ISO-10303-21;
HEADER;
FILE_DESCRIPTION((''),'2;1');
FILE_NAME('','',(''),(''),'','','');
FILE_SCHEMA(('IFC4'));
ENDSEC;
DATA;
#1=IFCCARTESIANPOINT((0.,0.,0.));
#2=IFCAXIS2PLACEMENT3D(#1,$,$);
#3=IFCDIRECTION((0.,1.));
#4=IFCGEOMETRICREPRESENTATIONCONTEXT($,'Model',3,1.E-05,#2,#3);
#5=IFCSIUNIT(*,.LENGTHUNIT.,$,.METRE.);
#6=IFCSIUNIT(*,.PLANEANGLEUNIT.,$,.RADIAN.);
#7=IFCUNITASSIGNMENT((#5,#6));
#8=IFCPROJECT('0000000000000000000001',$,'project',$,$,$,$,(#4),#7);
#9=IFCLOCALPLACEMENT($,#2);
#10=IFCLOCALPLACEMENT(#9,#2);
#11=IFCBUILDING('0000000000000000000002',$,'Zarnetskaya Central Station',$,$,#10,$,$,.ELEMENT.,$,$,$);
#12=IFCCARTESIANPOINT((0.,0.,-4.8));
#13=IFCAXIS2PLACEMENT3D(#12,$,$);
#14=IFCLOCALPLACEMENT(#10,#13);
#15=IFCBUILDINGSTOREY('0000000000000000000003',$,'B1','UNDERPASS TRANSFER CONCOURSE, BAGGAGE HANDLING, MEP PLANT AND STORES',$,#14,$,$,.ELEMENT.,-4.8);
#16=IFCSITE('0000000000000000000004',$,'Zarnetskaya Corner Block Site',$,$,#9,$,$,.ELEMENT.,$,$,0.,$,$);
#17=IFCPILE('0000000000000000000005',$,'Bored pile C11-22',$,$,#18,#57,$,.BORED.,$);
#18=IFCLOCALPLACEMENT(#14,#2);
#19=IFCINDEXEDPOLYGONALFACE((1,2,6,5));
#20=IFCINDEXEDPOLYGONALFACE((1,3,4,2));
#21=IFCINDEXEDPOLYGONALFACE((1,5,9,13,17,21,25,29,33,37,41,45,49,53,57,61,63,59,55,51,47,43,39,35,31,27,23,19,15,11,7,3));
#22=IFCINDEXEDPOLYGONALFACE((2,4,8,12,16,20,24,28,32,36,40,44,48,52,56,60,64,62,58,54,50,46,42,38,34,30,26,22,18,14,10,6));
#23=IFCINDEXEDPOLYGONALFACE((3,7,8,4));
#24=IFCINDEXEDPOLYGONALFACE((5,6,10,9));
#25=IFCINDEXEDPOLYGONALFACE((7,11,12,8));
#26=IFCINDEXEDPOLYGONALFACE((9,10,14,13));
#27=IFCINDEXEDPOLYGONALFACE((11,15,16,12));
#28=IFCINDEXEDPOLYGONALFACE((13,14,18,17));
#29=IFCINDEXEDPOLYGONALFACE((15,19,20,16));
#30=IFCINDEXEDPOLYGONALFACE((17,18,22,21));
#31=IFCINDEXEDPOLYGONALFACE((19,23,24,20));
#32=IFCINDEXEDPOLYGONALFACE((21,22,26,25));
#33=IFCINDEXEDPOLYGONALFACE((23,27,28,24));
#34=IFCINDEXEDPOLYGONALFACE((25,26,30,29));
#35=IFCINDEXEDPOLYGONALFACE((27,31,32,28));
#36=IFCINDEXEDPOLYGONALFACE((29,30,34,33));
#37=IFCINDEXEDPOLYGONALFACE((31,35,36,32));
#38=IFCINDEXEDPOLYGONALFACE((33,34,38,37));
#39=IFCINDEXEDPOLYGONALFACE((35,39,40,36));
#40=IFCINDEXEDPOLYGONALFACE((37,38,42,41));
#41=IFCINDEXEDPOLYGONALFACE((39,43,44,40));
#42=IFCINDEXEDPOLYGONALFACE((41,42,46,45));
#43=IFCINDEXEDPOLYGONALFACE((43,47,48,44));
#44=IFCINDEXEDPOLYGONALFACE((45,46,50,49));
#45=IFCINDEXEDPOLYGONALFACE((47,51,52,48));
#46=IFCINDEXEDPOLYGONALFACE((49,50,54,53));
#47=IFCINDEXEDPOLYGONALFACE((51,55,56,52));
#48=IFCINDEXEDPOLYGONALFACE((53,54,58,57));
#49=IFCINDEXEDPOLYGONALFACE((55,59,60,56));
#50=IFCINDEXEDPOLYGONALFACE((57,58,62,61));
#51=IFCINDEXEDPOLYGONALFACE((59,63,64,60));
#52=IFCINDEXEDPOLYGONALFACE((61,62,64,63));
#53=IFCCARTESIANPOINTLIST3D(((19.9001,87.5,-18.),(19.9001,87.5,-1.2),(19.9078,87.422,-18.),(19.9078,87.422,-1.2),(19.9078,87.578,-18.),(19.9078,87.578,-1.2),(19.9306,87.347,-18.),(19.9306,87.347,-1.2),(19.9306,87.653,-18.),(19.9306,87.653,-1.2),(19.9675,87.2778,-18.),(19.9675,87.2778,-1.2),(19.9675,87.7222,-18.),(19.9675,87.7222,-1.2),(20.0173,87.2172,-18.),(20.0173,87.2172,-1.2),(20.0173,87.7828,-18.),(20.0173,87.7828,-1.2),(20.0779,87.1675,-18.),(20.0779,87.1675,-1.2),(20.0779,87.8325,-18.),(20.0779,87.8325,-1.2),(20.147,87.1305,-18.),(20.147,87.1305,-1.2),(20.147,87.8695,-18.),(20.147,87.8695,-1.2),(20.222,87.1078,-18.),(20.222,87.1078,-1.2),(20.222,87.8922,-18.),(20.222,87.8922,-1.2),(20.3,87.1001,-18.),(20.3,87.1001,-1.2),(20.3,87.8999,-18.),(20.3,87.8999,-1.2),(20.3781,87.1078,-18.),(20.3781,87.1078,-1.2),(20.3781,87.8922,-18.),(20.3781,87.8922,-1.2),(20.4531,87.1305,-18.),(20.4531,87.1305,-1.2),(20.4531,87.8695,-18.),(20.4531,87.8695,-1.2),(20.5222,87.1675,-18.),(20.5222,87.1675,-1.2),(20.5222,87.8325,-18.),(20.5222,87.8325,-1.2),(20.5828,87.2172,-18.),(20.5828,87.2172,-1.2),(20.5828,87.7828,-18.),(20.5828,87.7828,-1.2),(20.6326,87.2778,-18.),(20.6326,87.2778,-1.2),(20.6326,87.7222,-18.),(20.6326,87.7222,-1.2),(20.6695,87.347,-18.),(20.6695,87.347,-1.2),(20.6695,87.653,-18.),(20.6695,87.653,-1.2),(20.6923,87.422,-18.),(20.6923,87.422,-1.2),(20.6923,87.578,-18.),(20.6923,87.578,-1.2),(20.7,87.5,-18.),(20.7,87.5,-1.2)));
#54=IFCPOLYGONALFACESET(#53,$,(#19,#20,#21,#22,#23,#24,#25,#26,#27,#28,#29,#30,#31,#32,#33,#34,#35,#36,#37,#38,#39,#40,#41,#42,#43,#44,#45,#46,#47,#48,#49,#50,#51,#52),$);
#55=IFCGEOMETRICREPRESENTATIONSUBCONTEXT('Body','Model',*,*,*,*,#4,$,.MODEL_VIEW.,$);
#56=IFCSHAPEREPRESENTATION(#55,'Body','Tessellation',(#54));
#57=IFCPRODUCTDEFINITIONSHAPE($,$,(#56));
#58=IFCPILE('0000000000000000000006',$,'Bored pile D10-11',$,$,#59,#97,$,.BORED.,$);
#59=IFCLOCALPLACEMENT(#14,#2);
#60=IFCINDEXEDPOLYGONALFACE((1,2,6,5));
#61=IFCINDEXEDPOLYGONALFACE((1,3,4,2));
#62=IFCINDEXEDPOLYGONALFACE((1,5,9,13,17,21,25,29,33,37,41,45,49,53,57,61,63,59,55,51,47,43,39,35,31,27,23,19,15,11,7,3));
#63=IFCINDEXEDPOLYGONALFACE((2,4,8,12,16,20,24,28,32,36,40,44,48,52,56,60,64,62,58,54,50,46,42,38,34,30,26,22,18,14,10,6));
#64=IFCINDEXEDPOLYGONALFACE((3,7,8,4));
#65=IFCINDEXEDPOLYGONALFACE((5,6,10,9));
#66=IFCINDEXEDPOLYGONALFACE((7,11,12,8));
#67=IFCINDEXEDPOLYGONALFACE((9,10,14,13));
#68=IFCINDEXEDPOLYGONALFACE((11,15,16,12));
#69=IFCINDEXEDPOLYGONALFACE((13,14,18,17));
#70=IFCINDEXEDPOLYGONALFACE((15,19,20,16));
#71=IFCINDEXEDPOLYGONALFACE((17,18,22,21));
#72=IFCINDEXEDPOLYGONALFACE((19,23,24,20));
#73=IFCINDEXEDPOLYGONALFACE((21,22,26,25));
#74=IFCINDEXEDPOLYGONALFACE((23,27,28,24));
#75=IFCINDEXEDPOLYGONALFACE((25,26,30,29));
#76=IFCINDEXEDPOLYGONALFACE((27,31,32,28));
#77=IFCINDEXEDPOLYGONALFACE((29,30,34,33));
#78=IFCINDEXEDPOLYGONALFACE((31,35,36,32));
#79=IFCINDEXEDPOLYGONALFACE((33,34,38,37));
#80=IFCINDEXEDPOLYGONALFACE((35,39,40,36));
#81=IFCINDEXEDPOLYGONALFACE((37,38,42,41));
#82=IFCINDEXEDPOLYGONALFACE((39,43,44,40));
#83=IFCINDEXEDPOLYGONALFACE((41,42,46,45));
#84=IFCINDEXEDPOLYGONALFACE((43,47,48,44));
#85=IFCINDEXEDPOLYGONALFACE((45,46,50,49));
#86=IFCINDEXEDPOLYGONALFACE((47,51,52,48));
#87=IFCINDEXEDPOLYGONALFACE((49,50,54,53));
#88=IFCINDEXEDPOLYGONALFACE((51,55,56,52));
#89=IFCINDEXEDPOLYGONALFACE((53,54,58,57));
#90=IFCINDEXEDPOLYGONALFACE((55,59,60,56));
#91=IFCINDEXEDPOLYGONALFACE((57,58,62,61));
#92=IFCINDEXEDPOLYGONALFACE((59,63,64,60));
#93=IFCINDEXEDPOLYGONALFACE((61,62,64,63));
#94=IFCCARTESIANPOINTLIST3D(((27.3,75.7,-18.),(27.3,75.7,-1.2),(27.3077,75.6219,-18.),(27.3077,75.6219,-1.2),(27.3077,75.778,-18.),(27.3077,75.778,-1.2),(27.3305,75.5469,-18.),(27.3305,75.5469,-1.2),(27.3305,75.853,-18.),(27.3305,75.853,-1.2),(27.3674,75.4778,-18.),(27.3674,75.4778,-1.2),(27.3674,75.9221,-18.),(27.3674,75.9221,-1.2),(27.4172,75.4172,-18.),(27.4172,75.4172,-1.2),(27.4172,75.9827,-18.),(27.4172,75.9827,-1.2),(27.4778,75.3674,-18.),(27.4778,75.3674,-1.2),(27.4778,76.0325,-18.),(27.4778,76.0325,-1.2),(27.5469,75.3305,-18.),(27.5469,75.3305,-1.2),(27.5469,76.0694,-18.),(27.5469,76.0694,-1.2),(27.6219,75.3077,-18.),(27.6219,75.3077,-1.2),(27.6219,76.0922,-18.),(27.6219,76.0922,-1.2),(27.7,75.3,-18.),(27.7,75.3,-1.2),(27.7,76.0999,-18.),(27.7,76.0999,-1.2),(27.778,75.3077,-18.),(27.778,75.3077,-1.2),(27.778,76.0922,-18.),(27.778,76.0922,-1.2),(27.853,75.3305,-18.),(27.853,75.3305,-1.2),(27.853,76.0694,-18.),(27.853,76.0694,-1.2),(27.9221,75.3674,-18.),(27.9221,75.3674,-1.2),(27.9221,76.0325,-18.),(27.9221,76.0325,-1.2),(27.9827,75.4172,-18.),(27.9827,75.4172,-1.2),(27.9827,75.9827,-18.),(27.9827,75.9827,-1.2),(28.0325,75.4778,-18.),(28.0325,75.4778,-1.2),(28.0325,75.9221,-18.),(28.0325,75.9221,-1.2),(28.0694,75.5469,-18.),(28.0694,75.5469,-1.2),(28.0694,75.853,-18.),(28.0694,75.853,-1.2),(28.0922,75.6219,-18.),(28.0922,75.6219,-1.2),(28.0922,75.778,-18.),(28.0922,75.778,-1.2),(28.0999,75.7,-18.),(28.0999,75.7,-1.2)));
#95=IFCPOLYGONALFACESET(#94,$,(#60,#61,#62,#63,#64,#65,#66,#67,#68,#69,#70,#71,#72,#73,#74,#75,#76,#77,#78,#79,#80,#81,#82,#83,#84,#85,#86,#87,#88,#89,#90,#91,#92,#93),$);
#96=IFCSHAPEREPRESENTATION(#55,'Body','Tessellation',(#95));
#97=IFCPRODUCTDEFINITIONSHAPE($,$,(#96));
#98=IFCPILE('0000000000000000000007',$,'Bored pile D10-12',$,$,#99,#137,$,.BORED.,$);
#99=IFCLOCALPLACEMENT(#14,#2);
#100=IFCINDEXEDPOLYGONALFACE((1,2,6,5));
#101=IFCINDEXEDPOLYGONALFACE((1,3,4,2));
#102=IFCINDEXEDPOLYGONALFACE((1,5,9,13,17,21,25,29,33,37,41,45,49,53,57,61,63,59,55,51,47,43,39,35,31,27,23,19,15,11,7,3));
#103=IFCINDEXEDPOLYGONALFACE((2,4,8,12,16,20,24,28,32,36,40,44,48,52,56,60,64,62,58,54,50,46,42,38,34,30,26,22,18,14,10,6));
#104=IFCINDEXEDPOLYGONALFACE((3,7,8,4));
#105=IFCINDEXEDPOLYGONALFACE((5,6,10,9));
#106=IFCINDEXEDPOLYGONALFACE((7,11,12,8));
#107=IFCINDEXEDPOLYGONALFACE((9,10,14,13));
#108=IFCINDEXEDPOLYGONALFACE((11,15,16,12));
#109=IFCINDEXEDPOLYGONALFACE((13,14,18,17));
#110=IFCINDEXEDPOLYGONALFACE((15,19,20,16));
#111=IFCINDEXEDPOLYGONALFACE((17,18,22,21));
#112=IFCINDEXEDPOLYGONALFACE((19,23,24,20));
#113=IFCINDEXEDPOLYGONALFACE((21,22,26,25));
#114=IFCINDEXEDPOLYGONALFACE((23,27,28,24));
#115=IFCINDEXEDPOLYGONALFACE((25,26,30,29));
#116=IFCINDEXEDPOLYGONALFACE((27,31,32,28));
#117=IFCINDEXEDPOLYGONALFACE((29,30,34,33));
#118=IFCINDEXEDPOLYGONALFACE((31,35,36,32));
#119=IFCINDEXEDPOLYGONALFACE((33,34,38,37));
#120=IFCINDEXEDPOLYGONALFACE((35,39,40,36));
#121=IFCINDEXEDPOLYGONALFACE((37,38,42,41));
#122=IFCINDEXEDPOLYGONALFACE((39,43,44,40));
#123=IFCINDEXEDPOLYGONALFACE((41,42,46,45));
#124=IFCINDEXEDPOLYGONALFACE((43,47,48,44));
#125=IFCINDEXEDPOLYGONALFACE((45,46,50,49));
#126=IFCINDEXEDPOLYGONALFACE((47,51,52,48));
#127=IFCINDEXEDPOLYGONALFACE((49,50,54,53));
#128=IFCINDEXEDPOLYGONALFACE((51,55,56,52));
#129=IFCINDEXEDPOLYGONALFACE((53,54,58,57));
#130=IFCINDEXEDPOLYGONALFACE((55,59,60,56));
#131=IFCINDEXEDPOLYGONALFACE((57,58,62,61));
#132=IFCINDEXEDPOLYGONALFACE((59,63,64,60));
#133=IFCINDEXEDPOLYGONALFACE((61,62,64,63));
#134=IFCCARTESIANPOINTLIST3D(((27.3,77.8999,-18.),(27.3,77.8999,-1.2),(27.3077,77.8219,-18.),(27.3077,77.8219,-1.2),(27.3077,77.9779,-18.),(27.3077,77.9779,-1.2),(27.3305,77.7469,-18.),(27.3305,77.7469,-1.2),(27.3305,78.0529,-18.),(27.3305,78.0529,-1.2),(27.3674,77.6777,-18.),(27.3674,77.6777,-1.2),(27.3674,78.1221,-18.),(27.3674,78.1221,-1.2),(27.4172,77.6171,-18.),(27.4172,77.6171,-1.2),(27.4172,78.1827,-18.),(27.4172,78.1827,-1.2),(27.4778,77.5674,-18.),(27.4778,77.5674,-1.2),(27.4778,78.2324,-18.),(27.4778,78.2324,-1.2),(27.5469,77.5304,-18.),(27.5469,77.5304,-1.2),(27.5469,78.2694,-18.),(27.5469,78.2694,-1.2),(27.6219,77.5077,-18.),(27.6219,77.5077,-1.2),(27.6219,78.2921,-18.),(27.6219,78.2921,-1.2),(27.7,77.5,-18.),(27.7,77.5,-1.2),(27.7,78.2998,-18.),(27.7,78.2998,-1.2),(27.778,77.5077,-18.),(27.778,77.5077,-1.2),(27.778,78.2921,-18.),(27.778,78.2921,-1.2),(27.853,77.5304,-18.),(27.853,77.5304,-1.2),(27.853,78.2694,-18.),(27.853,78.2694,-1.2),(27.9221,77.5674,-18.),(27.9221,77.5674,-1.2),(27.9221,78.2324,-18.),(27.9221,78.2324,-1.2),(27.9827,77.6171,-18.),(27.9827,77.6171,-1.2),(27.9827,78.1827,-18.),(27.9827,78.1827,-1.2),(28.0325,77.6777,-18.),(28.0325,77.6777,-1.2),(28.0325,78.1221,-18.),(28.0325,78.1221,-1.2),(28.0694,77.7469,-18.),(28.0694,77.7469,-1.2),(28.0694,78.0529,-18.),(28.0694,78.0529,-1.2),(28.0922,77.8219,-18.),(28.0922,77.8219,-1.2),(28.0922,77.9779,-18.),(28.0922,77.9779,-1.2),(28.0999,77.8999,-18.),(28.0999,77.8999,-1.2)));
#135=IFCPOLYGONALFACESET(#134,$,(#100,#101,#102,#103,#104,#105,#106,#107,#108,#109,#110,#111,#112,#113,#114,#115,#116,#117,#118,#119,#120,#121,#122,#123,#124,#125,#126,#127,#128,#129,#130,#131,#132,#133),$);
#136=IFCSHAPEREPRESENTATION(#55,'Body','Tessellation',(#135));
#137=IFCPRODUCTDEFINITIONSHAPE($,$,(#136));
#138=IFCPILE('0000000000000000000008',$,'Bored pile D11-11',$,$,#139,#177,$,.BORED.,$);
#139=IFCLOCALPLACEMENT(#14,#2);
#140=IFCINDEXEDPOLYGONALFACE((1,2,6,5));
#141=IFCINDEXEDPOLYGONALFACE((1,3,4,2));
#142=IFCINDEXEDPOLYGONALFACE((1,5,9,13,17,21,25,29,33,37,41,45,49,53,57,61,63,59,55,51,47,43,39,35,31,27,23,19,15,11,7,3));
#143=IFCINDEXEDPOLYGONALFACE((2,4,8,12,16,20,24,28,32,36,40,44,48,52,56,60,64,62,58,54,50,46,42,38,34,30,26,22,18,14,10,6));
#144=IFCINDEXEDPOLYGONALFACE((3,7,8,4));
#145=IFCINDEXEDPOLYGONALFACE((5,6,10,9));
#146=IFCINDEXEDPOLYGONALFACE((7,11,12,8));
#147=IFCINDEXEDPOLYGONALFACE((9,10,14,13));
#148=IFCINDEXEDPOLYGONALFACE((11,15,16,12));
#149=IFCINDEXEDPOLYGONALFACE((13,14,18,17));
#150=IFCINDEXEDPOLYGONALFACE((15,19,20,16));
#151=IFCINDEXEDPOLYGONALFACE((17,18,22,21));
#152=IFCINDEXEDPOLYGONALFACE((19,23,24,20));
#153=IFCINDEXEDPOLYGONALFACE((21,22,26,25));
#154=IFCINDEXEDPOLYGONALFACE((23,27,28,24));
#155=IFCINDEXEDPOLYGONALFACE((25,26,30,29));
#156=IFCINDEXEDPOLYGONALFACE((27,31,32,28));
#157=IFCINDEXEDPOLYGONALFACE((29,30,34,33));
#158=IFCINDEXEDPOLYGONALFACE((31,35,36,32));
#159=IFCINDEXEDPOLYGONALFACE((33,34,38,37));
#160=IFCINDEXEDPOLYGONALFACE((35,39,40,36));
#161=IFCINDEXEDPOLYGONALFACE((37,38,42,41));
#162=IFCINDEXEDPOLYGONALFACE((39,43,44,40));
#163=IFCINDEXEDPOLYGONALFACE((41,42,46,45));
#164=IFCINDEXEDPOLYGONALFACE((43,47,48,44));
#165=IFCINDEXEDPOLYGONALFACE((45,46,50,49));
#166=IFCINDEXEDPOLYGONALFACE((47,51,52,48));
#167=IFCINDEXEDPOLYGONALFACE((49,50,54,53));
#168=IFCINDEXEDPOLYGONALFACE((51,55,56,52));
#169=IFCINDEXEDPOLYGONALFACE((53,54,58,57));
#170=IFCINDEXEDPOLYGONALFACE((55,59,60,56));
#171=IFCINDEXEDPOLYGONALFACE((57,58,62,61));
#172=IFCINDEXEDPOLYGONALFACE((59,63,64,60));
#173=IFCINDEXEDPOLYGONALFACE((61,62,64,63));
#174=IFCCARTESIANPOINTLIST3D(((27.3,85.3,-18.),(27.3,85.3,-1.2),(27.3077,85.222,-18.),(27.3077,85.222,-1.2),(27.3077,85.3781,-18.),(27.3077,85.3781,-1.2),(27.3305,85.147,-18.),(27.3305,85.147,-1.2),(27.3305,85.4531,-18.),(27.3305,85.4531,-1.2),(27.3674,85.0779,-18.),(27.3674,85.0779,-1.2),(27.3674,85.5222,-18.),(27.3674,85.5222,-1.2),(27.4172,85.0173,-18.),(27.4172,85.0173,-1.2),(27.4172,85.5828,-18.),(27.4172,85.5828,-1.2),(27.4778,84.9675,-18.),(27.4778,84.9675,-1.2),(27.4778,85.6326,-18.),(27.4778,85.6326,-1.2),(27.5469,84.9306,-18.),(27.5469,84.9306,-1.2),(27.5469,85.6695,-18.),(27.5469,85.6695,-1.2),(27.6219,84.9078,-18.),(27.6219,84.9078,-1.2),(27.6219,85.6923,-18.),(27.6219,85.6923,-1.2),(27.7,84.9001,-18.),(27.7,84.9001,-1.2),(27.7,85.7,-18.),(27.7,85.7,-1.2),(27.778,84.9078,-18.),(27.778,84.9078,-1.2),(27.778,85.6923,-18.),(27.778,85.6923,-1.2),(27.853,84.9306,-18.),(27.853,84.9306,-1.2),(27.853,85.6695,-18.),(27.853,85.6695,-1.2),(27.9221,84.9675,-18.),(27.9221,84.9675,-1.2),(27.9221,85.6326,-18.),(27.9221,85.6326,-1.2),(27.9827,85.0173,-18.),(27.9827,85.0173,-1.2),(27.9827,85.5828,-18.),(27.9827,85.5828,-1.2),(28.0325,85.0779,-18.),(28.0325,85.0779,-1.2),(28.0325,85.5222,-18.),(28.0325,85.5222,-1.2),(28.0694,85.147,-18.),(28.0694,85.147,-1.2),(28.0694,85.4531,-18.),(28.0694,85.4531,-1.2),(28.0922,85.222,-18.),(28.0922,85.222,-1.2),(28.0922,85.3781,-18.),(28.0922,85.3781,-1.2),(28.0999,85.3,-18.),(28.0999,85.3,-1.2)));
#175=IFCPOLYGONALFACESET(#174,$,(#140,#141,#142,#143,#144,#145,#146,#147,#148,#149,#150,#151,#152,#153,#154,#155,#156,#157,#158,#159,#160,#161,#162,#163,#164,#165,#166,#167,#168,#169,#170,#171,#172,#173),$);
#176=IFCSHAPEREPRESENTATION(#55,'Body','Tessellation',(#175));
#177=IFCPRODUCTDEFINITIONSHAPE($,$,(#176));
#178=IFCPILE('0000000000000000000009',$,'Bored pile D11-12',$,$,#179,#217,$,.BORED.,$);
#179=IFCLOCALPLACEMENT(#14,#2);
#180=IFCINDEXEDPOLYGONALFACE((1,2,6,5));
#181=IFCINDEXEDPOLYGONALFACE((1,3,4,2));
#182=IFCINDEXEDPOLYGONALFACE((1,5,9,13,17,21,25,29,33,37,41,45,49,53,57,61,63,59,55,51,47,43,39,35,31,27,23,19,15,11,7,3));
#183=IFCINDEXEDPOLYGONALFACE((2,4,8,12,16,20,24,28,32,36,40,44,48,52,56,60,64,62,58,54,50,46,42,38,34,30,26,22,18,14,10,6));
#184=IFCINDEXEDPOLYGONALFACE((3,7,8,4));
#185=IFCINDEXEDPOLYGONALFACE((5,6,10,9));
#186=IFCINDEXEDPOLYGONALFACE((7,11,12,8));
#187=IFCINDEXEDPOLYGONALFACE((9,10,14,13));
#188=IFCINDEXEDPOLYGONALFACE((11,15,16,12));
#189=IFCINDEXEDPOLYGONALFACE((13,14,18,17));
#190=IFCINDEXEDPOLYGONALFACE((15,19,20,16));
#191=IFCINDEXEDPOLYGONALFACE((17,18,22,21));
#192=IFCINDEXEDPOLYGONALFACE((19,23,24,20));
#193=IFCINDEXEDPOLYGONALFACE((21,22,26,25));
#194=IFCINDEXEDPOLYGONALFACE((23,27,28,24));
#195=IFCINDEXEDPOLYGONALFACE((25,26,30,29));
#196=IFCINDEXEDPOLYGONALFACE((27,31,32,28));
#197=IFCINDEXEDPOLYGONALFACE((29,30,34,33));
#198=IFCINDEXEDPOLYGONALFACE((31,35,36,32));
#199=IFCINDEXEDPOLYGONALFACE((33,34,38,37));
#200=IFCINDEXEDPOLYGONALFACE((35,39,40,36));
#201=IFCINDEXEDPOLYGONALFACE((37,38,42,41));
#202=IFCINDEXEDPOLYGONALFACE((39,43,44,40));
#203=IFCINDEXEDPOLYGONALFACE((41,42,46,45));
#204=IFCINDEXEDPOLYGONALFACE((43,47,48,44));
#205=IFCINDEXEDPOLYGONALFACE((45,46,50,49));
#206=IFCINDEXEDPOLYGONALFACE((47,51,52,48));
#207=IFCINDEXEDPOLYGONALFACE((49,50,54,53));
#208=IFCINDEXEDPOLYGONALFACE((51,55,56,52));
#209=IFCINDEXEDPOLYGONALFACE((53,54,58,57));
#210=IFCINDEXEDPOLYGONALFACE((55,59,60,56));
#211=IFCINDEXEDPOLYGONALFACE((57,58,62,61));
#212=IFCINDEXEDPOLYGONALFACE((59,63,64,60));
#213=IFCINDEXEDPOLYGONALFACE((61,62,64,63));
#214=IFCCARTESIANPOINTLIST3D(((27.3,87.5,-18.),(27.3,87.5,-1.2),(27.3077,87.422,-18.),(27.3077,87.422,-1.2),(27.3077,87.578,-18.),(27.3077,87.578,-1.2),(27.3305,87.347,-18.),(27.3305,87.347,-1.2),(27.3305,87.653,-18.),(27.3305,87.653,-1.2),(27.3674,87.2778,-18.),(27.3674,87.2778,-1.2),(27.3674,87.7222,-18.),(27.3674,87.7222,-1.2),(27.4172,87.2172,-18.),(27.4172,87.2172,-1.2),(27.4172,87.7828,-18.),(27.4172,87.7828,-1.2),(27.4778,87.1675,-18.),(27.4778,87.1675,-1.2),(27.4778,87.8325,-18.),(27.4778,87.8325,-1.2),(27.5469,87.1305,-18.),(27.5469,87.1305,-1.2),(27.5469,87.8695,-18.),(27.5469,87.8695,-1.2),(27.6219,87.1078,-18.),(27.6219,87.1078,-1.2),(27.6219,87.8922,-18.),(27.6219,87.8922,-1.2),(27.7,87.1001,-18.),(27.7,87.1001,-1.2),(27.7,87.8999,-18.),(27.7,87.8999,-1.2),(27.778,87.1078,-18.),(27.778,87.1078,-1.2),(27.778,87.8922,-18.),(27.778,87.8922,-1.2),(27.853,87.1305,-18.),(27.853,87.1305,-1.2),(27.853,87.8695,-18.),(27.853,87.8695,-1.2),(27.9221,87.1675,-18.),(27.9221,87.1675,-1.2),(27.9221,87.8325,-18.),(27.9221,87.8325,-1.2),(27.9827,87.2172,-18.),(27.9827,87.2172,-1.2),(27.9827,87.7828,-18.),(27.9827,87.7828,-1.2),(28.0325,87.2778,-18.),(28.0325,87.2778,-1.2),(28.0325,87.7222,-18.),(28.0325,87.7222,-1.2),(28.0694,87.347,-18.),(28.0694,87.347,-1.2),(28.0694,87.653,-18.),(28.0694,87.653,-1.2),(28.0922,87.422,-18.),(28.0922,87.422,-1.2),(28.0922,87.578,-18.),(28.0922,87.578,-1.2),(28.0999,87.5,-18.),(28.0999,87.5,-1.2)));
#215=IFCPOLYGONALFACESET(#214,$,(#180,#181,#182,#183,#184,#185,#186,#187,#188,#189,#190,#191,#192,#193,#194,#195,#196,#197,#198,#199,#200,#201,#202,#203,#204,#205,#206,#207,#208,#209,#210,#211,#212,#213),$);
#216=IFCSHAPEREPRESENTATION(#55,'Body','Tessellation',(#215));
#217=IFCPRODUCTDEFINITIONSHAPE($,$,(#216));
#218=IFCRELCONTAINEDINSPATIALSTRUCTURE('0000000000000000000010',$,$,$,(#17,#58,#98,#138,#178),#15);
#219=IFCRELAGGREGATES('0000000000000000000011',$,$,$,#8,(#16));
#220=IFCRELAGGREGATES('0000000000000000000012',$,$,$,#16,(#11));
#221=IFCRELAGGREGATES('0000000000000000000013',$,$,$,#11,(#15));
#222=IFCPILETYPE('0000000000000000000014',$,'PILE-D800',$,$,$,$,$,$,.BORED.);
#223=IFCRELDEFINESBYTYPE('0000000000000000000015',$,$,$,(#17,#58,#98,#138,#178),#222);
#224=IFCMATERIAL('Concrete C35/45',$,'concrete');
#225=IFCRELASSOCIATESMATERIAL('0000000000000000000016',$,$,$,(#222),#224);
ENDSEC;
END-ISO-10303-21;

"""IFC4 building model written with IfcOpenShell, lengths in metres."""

from ifc_helpers import new_model, si_unit, direction, frame, origin, origin_2d, place, context, subcontext, project, spatial, circle, extrude, material, material_profile, profile_set, type_object, element, save


model = new_model("IFC4")

# Units and contexts
model_context = context("Model", 3, precision=1e-05, world=origin(), true_north=direction((0.0, 1.0)))
body_context = subcontext(model_context, "Body", "Model", "MODEL_VIEW")
ifc_project = project(units=[si_unit("LENGTHUNIT", "METRE"), si_unit("PLANEANGLEUNIT", "RADIAN")], contexts=[model_context])

# Site, building, storey
site_placement = place(None, origin())
site = spatial("IfcSite", under=ifc_project, at=site_placement, Name="Zarnetskaya Corner Block Site", CompositionType="ELEMENT", RefElevation=0.0)
building_placement = place(site_placement, origin())
building = spatial("IfcBuilding", under=site, at=building_placement, Name="Zarnetskaya Central Station", CompositionType="ELEMENT")
storey_placement = place(building_placement, frame((0.0, 0.0, -4.8)))
storey = spatial("IfcBuildingStorey", under=building, at=storey_placement, Name="B1", Description="UNDERPASS TRANSFER CONCOURSE, BAGGAGE HANDLING, MEP PLANT AND STORES", CompositionType="ELEMENT", Elevation=-4.8)

# Shared definitions
ifc_material = material(Name="Concrete C35/45", Category="concrete")

# Piles
ifc_material_profile_1 = material_profile(ifc_material, circle(Radius=0.3999, at=origin_2d()), Name="BORED PILE D800")
ifc_profile_set_1 = profile_set([ifc_material_profile_1], Name="Concrete C35/45")
pile_type_1 = type_object("IfcPileType", Name="PILE-D800", PredefinedType="BORED", material=ifc_profile_set_1)
for number, where, z_axis, x_axis, name in (
    (1, (20.3, 87.5, -1.2), (0.0, 0.0, -1.0), (1.0, 0.0, 0.0), "Bored pile C11-22"),
    (2, (27.7, 75.7, -1.2), (0.0, 0.0, -1.0), (1.0, 0.0, 0.0), "Bored pile D10-11"),
    (3, (27.7, 77.8999, -1.2), (0.0, 0.0, -1.0), (1.0, 0.0, 0.0), "Bored pile D10-12"),
    (4, (27.7, 85.3, -1.2), (0.0, 0.0, -1.0), (1.0, 0.0, 0.0), "Bored pile D11-11"),
    (5, (27.7, 87.5, -1.2), (0.0, 0.0, -1.0), (1.0, 0.0, 0.0), "Bored pile D11-12"),
):
    element("IfcPile", number, at=place(storey_placement, frame(where, z_axis=z_axis, x_axis=x_axis)), inside=storey, type_object=pile_type_1, Name=name, PredefinedType="BORED", context=body_context, shape_type="SweptSolid", body=[
        extrude(circle(Radius=0.3999, at=origin_2d()), origin(), (0.0, 0.0, 1.0), 16.8),
    ])

save(model, "model.ifc")
